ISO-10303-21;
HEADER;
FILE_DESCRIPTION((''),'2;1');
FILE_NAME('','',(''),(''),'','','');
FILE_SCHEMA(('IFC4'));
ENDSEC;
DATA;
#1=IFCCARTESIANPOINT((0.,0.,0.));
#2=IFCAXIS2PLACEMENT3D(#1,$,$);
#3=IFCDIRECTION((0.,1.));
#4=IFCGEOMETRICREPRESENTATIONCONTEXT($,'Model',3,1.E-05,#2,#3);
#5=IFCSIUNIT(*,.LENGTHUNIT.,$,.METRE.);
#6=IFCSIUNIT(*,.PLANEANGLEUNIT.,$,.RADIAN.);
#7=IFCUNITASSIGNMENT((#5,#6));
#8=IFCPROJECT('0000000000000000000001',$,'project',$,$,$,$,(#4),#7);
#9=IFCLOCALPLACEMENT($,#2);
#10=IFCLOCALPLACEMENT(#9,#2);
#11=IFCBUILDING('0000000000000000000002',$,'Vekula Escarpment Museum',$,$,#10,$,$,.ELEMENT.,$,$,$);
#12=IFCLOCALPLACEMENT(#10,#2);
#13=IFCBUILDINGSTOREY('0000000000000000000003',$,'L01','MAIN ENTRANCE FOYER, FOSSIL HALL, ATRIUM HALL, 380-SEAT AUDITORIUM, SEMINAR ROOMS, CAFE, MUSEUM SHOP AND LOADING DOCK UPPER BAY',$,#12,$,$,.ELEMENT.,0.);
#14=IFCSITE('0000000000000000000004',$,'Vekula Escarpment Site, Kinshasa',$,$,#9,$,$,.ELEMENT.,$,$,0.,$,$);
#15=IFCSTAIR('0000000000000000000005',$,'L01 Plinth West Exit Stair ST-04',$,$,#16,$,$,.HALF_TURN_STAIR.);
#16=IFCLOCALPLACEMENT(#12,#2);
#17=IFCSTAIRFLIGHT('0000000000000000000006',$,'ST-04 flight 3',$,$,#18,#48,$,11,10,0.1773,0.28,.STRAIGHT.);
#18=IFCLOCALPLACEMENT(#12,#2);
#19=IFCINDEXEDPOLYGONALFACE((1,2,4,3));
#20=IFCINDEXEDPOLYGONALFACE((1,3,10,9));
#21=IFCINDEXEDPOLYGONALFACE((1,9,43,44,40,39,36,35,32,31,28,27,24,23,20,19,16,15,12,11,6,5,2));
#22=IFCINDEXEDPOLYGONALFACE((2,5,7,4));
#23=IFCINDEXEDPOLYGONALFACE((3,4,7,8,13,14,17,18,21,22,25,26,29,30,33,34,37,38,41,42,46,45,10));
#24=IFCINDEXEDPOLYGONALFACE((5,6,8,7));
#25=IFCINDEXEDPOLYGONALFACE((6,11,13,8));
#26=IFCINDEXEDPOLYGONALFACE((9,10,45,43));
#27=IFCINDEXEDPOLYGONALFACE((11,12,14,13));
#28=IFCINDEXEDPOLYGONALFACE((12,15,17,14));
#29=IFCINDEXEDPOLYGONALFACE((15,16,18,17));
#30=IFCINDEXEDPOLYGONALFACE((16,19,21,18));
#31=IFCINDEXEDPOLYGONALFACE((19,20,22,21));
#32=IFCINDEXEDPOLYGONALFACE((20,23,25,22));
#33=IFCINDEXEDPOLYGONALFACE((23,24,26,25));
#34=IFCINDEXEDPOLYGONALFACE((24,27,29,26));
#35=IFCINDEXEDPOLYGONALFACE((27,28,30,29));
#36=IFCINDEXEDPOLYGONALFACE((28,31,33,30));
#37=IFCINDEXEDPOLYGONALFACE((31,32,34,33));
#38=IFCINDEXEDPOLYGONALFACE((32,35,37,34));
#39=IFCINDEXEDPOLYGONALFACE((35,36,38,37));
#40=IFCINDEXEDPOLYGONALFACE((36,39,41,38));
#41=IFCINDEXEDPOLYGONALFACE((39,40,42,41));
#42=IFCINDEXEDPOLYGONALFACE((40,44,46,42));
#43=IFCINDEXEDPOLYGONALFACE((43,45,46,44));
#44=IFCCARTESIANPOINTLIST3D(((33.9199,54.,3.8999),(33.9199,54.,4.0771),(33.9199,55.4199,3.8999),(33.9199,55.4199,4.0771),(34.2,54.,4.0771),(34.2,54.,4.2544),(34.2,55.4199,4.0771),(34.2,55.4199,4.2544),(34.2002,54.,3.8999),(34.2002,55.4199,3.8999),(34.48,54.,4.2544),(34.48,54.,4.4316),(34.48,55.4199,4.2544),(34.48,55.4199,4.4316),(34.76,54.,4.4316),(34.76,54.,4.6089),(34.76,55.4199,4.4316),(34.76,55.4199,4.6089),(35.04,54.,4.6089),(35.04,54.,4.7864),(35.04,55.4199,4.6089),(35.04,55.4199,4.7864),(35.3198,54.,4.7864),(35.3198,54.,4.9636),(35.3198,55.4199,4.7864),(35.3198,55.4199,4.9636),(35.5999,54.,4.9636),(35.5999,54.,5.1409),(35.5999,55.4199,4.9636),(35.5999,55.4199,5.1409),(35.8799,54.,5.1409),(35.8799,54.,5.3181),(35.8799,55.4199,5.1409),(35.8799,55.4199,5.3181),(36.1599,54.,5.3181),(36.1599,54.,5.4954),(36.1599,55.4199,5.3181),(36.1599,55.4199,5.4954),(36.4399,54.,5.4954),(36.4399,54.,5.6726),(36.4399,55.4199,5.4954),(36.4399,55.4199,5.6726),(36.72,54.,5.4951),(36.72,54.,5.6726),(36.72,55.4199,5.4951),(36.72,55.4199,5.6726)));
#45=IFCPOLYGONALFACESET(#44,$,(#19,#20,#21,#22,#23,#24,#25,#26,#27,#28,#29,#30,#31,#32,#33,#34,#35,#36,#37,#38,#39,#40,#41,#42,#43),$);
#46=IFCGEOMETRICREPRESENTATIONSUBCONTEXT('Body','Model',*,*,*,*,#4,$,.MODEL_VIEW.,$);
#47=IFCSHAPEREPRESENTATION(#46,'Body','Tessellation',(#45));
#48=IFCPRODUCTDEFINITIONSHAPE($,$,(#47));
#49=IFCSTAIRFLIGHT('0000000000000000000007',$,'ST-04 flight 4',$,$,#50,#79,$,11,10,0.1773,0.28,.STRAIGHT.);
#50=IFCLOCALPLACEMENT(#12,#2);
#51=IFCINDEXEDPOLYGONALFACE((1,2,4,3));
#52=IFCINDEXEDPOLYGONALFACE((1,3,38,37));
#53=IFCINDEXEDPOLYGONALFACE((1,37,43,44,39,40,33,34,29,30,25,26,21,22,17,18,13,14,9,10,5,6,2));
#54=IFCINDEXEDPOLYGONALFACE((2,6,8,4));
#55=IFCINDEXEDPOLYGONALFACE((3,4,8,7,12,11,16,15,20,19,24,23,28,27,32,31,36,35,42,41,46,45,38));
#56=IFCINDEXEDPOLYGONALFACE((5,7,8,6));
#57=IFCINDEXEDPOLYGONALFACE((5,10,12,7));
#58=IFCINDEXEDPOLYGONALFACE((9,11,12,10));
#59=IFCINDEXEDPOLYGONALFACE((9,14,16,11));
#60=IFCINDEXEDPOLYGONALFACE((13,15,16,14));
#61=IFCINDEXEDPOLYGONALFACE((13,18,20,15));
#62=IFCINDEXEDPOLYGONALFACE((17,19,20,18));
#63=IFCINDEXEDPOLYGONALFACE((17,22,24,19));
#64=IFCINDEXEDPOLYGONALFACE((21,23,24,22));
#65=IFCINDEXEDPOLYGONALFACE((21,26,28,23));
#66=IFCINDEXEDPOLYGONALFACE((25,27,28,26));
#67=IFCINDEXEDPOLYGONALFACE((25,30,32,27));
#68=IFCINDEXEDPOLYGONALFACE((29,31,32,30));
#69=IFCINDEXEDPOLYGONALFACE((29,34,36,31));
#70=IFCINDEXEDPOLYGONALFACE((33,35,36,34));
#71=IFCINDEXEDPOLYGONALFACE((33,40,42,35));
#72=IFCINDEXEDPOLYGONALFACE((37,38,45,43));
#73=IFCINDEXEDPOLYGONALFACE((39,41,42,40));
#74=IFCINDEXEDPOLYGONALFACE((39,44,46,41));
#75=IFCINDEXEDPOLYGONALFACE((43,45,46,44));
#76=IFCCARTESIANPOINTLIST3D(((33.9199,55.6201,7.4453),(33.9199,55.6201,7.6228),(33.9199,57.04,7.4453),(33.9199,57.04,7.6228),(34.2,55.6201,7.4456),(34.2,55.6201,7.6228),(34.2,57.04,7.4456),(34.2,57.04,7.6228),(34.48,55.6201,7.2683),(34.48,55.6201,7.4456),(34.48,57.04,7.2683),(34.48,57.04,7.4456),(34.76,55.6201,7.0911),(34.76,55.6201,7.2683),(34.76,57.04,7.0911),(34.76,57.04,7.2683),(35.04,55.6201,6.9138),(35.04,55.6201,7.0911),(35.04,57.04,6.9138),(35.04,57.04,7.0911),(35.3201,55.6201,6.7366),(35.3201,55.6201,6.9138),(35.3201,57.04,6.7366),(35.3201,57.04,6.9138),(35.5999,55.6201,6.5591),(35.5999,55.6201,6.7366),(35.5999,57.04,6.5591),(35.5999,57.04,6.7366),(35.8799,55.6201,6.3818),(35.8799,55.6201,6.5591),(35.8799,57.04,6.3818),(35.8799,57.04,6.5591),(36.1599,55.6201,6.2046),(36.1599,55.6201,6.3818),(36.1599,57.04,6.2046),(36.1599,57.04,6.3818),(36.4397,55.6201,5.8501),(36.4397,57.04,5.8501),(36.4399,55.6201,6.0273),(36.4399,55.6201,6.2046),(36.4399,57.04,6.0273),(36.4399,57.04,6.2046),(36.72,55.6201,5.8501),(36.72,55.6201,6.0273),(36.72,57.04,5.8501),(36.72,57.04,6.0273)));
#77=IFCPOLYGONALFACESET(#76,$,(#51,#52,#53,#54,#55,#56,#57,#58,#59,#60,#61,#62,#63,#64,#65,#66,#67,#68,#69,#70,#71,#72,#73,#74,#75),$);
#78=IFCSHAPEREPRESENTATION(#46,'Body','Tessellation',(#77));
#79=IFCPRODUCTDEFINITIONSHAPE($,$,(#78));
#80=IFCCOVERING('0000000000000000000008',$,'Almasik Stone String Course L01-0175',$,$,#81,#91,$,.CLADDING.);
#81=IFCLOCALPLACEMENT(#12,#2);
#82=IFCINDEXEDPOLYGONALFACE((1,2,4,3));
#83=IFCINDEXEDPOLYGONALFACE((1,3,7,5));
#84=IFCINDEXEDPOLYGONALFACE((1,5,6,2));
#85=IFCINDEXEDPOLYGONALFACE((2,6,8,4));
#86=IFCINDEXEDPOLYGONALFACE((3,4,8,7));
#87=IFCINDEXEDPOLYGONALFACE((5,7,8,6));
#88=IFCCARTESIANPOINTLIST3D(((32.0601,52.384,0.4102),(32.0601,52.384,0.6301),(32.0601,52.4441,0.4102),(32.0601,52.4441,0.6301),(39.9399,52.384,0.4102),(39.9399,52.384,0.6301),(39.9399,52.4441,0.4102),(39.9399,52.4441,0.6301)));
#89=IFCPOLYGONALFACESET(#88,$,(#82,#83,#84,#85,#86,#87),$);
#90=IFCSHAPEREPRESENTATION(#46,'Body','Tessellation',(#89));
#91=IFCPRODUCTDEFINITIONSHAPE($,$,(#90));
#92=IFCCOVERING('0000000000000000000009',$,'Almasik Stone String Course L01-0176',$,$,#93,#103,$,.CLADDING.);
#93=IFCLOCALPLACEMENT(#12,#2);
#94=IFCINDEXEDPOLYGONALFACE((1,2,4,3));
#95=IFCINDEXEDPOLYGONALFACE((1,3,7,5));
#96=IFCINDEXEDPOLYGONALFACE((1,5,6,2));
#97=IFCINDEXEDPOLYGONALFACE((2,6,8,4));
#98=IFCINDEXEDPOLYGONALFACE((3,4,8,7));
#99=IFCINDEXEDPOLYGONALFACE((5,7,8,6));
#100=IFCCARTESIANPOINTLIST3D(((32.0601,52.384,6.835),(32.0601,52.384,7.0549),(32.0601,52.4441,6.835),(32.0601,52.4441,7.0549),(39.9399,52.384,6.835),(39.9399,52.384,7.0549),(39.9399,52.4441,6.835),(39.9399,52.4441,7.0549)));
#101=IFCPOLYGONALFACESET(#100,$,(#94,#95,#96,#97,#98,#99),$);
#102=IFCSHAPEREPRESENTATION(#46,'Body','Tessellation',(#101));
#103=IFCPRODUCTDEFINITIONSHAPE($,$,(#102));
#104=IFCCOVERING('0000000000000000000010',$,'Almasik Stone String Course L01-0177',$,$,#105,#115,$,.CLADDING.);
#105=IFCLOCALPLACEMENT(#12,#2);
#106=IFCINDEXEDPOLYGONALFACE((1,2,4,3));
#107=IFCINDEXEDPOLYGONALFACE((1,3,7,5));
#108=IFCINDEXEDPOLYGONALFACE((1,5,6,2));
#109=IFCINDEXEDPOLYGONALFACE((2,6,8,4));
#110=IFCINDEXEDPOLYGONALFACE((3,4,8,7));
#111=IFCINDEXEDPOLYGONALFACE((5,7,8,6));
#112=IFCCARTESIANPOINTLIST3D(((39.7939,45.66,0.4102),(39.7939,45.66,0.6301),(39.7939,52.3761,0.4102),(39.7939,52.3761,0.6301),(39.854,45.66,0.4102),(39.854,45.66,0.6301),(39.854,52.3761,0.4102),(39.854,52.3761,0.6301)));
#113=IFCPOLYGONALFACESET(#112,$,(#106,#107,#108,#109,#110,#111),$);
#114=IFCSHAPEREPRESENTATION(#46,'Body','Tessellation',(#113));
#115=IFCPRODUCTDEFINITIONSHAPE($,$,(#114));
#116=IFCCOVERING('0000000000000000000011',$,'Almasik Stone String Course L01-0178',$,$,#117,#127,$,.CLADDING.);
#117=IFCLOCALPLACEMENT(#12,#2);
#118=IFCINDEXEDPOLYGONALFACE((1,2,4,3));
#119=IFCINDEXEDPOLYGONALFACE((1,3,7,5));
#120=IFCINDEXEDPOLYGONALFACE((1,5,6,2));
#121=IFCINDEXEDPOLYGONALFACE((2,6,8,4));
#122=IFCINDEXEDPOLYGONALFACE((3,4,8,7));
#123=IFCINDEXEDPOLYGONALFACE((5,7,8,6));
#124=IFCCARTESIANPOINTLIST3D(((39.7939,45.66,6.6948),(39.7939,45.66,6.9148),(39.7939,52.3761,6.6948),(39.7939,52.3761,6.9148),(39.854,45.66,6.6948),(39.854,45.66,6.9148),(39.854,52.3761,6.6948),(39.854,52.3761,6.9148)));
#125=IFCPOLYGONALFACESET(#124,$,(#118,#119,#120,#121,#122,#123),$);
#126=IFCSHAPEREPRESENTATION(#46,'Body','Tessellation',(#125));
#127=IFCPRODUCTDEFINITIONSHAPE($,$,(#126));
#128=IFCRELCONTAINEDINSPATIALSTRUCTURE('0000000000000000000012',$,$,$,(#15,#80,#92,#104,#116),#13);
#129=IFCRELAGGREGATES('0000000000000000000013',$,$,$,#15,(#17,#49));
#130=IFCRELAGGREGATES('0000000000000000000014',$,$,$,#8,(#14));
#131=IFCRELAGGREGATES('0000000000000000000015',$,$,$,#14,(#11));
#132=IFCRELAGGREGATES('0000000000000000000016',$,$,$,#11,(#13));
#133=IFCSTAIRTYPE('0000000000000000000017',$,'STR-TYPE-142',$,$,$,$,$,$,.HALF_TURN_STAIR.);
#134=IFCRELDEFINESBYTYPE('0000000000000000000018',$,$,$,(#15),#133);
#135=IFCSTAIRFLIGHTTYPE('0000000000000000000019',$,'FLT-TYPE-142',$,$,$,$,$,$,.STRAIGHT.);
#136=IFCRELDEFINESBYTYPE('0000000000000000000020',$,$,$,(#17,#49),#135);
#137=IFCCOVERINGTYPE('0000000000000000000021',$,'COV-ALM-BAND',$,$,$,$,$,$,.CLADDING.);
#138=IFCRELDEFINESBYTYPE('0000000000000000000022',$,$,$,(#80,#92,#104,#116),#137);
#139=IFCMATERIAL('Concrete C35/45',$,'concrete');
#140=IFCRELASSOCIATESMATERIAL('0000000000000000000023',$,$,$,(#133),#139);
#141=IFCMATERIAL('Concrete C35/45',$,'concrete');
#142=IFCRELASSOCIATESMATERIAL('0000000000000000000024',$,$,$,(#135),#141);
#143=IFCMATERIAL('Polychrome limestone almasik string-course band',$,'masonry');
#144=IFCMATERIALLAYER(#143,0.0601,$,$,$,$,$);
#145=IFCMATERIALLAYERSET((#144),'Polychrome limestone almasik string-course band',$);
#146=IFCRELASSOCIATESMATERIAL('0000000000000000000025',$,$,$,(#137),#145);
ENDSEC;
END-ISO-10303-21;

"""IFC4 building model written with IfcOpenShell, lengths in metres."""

from ifc_helpers import new_model, si_unit, direction, frame, origin, origin_2d, place, context, subcontext, project, spatial, polyline, rectangle, outline, extrude, material, layer, layer_set, type_object, element, aggregate, save


model = new_model("IFC4")

# Units and contexts
model_context = context("Model", 3, precision=1e-05, world=origin(), true_north=direction((0.0, 1.0)))
body_context = subcontext(model_context, "Body", "Model", "MODEL_VIEW")
ifc_project = project(units=[si_unit("LENGTHUNIT", "METRE"), si_unit("PLANEANGLEUNIT", "RADIAN")], contexts=[model_context])

# Site, building, storey
site_placement = place(None, origin())
site = spatial("IfcSite", under=ifc_project, at=site_placement, Name="Vekula Escarpment Site, Kinshasa", CompositionType="ELEMENT", RefElevation=0.0)
building_placement = place(site_placement, origin())
building = spatial("IfcBuilding", under=site, at=building_placement, Name="Vekula Escarpment Museum", CompositionType="ELEMENT")
storey_placement = place(building_placement, origin())
storey = spatial("IfcBuildingStorey", under=building, at=storey_placement, Name="L01", Description="MAIN ENTRANCE FOYER, FOSSIL HALL, ATRIUM HALL, 380-SEAT AUDITORIUM, SEMINAR ROOMS, CAFE, MUSEUM SHOP AND LOADING DOCK UPPER BAY", CompositionType="ELEMENT", Elevation=0.0)

# Stair, stair flights
ifc_material_1 = material(Name="Concrete C35/45", Category="concrete")
stair_type = type_object("IfcStairType", Name="STR-TYPE-142", PredefinedType="HALF_TURN_STAIR", material=ifc_material_1)
stair_placement = place(storey_placement, origin())
stair = element("IfcStair", 1, at=stair_placement, inside=storey, type_object=stair_type, Name="L01 Plinth West Exit Stair ST-04", PredefinedType="HALF_TURN_STAIR")
ifc_material_2 = material(Name="Concrete C35/45", Category="concrete")
stair_flight_type = type_object("IfcStairFlightType", Name="FLT-TYPE-142", PredefinedType="STRAIGHT", material=ifc_material_2)
stair_flight_1_placement = place(storey_placement, frame((33.9199, 54.71, 3.8999), z_axis=(0.0, 0.0, 1.0), x_axis=(1.0, 0.0, 0.0)))
stair_flight_1 = element("IfcStairFlight", 2, at=stair_flight_1_placement, type_object=stair_flight_type, Name="ST-04 flight 3", NumberOfRisers=11, NumberOfTreads=10, PredefinedType="STRAIGHT", RiserHeight=0.1773, TreadLength=0.28, context=body_context, shape_type="SweptSolid", body=[
    extrude(outline(polyline([(0.0, 0.0), (0.0, 0.1772), (0.28, 0.1772), (0.28, 0.3545), (0.5601, 0.3545), (0.5601, 0.5317), (0.8401, 0.5317), (0.8401, 0.709), (1.1201, 0.709), (1.1201, 0.8865), (1.3999, 0.8865), (1.3999, 1.0637), (1.6799, 1.0637), (1.6799, 1.241), (1.96, 1.241), (1.96, 1.4182), (2.24, 1.4182), (2.24, 1.5955), (2.52, 1.5955), (2.52, 1.7727), (2.8, 1.7727), (2.8, 1.95), (2.8, 1.5952), (0.2803, 0.0), (0.0, 0.0)])), frame((0.0, 0.71, 0.0), z_axis=(0.0, -1.0, 0.0), x_axis=(1.0, 0.0, 0.0)), (0.0, 0.0, 1.0), 1.4199),
])
stair_flight_2_placement = place(storey_placement, frame((36.72, 56.3301, 5.8501), z_axis=(0.0, 0.0, 1.0), x_axis=(-1.0, 0.0, 0.0)))
stair_flight_2 = element("IfcStairFlight", 3, at=stair_flight_2_placement, type_object=stair_flight_type, Name="ST-04 flight 4", NumberOfRisers=11, NumberOfTreads=10, PredefinedType="STRAIGHT", RiserHeight=0.1773, TreadLength=0.28, context=body_context, shape_type="SweptSolid", body=[
    extrude(outline(polyline([(0.0, 0.0), (0.0, 0.1772), (0.28, 0.1772), (0.28, 0.3545), (0.5601, 0.3545), (0.5601, 0.5317), (0.8401, 0.5317), (0.8401, 0.709), (1.1201, 0.709), (1.1201, 0.8865), (1.3999, 0.8865), (1.3999, 1.0637), (1.6799, 1.0637), (1.6799, 1.241), (1.96, 1.241), (1.96, 1.4182), (2.24, 1.4182), (2.24, 1.5955), (2.52, 1.5955), (2.52, 1.7727), (2.8, 1.7727), (2.8, 1.95), (2.8, 1.5952), (0.2803, 0.0), (0.0, 0.0)])), frame((0.0, 0.71, 0.0), z_axis=(0.0, -1.0, 0.0), x_axis=(1.0, 0.0, 0.0)), (0.0, 0.0, 1.0), 1.4199),
])
aggregate(stair, [stair_flight_1, stair_flight_2])

# Coverings
ifc_material_3 = material(Name="Polychrome limestone almasik string-course band", Category="masonry")
ifc_layer_1 = layer(ifc_material_3, 0.0601)
ifc_layer_set_1 = layer_set([ifc_layer_1], Name="Polychrome limestone almasik string-course band")
covering_type = type_object("IfcCoveringType", Name="COV-ALM-BAND", PredefinedType="CLADDING", material=ifc_layer_set_1)
for number, where, z_axis, x_axis, name in (
    (4, (36.0, 52.4141, 0.4102), (0.0, 0.0, 1.0), (1.0, 0.0, 0.0), "Almasik Stone String Course L01-0175"),
    (5, (36.0, 52.4141, 6.835), (0.0, 0.0, 1.0), (1.0, 0.0, 0.0), "Almasik Stone String Course L01-0176"),
):
    element("IfcCovering", number, at=place(storey_placement, frame(where, z_axis=z_axis, x_axis=x_axis)), inside=storey, type_object=covering_type, Name=name, PredefinedType="CLADDING", context=body_context, shape_type="SweptSolid", body=[
        extrude(rectangle(XDim=7.8799, YDim=0.0601, at=origin_2d()), origin(), (0.0, 0.0, 1.0), 0.22),
    ])
for number, where, z_axis, x_axis, name in (
    (6, (39.824, 49.0181, 0.4102), (0.0, 0.0, 1.0), (0.0, 1.0, 0.0), "Almasik Stone String Course L01-0177"),
    (7, (39.824, 49.0181, 6.6948), (0.0, 0.0, 1.0), (0.0, 1.0, 0.0), "Almasik Stone String Course L01-0178"),
):
    element("IfcCovering", number, at=place(storey_placement, frame(where, z_axis=z_axis, x_axis=x_axis)), inside=storey, type_object=covering_type, Name=name, PredefinedType="CLADDING", context=body_context, shape_type="SweptSolid", body=[
        extrude(rectangle(XDim=6.7161, YDim=0.0601, at=origin_2d()), origin(), (0.0, 0.0, 1.0), 0.22),
    ])

save(model, "model.ifc")
